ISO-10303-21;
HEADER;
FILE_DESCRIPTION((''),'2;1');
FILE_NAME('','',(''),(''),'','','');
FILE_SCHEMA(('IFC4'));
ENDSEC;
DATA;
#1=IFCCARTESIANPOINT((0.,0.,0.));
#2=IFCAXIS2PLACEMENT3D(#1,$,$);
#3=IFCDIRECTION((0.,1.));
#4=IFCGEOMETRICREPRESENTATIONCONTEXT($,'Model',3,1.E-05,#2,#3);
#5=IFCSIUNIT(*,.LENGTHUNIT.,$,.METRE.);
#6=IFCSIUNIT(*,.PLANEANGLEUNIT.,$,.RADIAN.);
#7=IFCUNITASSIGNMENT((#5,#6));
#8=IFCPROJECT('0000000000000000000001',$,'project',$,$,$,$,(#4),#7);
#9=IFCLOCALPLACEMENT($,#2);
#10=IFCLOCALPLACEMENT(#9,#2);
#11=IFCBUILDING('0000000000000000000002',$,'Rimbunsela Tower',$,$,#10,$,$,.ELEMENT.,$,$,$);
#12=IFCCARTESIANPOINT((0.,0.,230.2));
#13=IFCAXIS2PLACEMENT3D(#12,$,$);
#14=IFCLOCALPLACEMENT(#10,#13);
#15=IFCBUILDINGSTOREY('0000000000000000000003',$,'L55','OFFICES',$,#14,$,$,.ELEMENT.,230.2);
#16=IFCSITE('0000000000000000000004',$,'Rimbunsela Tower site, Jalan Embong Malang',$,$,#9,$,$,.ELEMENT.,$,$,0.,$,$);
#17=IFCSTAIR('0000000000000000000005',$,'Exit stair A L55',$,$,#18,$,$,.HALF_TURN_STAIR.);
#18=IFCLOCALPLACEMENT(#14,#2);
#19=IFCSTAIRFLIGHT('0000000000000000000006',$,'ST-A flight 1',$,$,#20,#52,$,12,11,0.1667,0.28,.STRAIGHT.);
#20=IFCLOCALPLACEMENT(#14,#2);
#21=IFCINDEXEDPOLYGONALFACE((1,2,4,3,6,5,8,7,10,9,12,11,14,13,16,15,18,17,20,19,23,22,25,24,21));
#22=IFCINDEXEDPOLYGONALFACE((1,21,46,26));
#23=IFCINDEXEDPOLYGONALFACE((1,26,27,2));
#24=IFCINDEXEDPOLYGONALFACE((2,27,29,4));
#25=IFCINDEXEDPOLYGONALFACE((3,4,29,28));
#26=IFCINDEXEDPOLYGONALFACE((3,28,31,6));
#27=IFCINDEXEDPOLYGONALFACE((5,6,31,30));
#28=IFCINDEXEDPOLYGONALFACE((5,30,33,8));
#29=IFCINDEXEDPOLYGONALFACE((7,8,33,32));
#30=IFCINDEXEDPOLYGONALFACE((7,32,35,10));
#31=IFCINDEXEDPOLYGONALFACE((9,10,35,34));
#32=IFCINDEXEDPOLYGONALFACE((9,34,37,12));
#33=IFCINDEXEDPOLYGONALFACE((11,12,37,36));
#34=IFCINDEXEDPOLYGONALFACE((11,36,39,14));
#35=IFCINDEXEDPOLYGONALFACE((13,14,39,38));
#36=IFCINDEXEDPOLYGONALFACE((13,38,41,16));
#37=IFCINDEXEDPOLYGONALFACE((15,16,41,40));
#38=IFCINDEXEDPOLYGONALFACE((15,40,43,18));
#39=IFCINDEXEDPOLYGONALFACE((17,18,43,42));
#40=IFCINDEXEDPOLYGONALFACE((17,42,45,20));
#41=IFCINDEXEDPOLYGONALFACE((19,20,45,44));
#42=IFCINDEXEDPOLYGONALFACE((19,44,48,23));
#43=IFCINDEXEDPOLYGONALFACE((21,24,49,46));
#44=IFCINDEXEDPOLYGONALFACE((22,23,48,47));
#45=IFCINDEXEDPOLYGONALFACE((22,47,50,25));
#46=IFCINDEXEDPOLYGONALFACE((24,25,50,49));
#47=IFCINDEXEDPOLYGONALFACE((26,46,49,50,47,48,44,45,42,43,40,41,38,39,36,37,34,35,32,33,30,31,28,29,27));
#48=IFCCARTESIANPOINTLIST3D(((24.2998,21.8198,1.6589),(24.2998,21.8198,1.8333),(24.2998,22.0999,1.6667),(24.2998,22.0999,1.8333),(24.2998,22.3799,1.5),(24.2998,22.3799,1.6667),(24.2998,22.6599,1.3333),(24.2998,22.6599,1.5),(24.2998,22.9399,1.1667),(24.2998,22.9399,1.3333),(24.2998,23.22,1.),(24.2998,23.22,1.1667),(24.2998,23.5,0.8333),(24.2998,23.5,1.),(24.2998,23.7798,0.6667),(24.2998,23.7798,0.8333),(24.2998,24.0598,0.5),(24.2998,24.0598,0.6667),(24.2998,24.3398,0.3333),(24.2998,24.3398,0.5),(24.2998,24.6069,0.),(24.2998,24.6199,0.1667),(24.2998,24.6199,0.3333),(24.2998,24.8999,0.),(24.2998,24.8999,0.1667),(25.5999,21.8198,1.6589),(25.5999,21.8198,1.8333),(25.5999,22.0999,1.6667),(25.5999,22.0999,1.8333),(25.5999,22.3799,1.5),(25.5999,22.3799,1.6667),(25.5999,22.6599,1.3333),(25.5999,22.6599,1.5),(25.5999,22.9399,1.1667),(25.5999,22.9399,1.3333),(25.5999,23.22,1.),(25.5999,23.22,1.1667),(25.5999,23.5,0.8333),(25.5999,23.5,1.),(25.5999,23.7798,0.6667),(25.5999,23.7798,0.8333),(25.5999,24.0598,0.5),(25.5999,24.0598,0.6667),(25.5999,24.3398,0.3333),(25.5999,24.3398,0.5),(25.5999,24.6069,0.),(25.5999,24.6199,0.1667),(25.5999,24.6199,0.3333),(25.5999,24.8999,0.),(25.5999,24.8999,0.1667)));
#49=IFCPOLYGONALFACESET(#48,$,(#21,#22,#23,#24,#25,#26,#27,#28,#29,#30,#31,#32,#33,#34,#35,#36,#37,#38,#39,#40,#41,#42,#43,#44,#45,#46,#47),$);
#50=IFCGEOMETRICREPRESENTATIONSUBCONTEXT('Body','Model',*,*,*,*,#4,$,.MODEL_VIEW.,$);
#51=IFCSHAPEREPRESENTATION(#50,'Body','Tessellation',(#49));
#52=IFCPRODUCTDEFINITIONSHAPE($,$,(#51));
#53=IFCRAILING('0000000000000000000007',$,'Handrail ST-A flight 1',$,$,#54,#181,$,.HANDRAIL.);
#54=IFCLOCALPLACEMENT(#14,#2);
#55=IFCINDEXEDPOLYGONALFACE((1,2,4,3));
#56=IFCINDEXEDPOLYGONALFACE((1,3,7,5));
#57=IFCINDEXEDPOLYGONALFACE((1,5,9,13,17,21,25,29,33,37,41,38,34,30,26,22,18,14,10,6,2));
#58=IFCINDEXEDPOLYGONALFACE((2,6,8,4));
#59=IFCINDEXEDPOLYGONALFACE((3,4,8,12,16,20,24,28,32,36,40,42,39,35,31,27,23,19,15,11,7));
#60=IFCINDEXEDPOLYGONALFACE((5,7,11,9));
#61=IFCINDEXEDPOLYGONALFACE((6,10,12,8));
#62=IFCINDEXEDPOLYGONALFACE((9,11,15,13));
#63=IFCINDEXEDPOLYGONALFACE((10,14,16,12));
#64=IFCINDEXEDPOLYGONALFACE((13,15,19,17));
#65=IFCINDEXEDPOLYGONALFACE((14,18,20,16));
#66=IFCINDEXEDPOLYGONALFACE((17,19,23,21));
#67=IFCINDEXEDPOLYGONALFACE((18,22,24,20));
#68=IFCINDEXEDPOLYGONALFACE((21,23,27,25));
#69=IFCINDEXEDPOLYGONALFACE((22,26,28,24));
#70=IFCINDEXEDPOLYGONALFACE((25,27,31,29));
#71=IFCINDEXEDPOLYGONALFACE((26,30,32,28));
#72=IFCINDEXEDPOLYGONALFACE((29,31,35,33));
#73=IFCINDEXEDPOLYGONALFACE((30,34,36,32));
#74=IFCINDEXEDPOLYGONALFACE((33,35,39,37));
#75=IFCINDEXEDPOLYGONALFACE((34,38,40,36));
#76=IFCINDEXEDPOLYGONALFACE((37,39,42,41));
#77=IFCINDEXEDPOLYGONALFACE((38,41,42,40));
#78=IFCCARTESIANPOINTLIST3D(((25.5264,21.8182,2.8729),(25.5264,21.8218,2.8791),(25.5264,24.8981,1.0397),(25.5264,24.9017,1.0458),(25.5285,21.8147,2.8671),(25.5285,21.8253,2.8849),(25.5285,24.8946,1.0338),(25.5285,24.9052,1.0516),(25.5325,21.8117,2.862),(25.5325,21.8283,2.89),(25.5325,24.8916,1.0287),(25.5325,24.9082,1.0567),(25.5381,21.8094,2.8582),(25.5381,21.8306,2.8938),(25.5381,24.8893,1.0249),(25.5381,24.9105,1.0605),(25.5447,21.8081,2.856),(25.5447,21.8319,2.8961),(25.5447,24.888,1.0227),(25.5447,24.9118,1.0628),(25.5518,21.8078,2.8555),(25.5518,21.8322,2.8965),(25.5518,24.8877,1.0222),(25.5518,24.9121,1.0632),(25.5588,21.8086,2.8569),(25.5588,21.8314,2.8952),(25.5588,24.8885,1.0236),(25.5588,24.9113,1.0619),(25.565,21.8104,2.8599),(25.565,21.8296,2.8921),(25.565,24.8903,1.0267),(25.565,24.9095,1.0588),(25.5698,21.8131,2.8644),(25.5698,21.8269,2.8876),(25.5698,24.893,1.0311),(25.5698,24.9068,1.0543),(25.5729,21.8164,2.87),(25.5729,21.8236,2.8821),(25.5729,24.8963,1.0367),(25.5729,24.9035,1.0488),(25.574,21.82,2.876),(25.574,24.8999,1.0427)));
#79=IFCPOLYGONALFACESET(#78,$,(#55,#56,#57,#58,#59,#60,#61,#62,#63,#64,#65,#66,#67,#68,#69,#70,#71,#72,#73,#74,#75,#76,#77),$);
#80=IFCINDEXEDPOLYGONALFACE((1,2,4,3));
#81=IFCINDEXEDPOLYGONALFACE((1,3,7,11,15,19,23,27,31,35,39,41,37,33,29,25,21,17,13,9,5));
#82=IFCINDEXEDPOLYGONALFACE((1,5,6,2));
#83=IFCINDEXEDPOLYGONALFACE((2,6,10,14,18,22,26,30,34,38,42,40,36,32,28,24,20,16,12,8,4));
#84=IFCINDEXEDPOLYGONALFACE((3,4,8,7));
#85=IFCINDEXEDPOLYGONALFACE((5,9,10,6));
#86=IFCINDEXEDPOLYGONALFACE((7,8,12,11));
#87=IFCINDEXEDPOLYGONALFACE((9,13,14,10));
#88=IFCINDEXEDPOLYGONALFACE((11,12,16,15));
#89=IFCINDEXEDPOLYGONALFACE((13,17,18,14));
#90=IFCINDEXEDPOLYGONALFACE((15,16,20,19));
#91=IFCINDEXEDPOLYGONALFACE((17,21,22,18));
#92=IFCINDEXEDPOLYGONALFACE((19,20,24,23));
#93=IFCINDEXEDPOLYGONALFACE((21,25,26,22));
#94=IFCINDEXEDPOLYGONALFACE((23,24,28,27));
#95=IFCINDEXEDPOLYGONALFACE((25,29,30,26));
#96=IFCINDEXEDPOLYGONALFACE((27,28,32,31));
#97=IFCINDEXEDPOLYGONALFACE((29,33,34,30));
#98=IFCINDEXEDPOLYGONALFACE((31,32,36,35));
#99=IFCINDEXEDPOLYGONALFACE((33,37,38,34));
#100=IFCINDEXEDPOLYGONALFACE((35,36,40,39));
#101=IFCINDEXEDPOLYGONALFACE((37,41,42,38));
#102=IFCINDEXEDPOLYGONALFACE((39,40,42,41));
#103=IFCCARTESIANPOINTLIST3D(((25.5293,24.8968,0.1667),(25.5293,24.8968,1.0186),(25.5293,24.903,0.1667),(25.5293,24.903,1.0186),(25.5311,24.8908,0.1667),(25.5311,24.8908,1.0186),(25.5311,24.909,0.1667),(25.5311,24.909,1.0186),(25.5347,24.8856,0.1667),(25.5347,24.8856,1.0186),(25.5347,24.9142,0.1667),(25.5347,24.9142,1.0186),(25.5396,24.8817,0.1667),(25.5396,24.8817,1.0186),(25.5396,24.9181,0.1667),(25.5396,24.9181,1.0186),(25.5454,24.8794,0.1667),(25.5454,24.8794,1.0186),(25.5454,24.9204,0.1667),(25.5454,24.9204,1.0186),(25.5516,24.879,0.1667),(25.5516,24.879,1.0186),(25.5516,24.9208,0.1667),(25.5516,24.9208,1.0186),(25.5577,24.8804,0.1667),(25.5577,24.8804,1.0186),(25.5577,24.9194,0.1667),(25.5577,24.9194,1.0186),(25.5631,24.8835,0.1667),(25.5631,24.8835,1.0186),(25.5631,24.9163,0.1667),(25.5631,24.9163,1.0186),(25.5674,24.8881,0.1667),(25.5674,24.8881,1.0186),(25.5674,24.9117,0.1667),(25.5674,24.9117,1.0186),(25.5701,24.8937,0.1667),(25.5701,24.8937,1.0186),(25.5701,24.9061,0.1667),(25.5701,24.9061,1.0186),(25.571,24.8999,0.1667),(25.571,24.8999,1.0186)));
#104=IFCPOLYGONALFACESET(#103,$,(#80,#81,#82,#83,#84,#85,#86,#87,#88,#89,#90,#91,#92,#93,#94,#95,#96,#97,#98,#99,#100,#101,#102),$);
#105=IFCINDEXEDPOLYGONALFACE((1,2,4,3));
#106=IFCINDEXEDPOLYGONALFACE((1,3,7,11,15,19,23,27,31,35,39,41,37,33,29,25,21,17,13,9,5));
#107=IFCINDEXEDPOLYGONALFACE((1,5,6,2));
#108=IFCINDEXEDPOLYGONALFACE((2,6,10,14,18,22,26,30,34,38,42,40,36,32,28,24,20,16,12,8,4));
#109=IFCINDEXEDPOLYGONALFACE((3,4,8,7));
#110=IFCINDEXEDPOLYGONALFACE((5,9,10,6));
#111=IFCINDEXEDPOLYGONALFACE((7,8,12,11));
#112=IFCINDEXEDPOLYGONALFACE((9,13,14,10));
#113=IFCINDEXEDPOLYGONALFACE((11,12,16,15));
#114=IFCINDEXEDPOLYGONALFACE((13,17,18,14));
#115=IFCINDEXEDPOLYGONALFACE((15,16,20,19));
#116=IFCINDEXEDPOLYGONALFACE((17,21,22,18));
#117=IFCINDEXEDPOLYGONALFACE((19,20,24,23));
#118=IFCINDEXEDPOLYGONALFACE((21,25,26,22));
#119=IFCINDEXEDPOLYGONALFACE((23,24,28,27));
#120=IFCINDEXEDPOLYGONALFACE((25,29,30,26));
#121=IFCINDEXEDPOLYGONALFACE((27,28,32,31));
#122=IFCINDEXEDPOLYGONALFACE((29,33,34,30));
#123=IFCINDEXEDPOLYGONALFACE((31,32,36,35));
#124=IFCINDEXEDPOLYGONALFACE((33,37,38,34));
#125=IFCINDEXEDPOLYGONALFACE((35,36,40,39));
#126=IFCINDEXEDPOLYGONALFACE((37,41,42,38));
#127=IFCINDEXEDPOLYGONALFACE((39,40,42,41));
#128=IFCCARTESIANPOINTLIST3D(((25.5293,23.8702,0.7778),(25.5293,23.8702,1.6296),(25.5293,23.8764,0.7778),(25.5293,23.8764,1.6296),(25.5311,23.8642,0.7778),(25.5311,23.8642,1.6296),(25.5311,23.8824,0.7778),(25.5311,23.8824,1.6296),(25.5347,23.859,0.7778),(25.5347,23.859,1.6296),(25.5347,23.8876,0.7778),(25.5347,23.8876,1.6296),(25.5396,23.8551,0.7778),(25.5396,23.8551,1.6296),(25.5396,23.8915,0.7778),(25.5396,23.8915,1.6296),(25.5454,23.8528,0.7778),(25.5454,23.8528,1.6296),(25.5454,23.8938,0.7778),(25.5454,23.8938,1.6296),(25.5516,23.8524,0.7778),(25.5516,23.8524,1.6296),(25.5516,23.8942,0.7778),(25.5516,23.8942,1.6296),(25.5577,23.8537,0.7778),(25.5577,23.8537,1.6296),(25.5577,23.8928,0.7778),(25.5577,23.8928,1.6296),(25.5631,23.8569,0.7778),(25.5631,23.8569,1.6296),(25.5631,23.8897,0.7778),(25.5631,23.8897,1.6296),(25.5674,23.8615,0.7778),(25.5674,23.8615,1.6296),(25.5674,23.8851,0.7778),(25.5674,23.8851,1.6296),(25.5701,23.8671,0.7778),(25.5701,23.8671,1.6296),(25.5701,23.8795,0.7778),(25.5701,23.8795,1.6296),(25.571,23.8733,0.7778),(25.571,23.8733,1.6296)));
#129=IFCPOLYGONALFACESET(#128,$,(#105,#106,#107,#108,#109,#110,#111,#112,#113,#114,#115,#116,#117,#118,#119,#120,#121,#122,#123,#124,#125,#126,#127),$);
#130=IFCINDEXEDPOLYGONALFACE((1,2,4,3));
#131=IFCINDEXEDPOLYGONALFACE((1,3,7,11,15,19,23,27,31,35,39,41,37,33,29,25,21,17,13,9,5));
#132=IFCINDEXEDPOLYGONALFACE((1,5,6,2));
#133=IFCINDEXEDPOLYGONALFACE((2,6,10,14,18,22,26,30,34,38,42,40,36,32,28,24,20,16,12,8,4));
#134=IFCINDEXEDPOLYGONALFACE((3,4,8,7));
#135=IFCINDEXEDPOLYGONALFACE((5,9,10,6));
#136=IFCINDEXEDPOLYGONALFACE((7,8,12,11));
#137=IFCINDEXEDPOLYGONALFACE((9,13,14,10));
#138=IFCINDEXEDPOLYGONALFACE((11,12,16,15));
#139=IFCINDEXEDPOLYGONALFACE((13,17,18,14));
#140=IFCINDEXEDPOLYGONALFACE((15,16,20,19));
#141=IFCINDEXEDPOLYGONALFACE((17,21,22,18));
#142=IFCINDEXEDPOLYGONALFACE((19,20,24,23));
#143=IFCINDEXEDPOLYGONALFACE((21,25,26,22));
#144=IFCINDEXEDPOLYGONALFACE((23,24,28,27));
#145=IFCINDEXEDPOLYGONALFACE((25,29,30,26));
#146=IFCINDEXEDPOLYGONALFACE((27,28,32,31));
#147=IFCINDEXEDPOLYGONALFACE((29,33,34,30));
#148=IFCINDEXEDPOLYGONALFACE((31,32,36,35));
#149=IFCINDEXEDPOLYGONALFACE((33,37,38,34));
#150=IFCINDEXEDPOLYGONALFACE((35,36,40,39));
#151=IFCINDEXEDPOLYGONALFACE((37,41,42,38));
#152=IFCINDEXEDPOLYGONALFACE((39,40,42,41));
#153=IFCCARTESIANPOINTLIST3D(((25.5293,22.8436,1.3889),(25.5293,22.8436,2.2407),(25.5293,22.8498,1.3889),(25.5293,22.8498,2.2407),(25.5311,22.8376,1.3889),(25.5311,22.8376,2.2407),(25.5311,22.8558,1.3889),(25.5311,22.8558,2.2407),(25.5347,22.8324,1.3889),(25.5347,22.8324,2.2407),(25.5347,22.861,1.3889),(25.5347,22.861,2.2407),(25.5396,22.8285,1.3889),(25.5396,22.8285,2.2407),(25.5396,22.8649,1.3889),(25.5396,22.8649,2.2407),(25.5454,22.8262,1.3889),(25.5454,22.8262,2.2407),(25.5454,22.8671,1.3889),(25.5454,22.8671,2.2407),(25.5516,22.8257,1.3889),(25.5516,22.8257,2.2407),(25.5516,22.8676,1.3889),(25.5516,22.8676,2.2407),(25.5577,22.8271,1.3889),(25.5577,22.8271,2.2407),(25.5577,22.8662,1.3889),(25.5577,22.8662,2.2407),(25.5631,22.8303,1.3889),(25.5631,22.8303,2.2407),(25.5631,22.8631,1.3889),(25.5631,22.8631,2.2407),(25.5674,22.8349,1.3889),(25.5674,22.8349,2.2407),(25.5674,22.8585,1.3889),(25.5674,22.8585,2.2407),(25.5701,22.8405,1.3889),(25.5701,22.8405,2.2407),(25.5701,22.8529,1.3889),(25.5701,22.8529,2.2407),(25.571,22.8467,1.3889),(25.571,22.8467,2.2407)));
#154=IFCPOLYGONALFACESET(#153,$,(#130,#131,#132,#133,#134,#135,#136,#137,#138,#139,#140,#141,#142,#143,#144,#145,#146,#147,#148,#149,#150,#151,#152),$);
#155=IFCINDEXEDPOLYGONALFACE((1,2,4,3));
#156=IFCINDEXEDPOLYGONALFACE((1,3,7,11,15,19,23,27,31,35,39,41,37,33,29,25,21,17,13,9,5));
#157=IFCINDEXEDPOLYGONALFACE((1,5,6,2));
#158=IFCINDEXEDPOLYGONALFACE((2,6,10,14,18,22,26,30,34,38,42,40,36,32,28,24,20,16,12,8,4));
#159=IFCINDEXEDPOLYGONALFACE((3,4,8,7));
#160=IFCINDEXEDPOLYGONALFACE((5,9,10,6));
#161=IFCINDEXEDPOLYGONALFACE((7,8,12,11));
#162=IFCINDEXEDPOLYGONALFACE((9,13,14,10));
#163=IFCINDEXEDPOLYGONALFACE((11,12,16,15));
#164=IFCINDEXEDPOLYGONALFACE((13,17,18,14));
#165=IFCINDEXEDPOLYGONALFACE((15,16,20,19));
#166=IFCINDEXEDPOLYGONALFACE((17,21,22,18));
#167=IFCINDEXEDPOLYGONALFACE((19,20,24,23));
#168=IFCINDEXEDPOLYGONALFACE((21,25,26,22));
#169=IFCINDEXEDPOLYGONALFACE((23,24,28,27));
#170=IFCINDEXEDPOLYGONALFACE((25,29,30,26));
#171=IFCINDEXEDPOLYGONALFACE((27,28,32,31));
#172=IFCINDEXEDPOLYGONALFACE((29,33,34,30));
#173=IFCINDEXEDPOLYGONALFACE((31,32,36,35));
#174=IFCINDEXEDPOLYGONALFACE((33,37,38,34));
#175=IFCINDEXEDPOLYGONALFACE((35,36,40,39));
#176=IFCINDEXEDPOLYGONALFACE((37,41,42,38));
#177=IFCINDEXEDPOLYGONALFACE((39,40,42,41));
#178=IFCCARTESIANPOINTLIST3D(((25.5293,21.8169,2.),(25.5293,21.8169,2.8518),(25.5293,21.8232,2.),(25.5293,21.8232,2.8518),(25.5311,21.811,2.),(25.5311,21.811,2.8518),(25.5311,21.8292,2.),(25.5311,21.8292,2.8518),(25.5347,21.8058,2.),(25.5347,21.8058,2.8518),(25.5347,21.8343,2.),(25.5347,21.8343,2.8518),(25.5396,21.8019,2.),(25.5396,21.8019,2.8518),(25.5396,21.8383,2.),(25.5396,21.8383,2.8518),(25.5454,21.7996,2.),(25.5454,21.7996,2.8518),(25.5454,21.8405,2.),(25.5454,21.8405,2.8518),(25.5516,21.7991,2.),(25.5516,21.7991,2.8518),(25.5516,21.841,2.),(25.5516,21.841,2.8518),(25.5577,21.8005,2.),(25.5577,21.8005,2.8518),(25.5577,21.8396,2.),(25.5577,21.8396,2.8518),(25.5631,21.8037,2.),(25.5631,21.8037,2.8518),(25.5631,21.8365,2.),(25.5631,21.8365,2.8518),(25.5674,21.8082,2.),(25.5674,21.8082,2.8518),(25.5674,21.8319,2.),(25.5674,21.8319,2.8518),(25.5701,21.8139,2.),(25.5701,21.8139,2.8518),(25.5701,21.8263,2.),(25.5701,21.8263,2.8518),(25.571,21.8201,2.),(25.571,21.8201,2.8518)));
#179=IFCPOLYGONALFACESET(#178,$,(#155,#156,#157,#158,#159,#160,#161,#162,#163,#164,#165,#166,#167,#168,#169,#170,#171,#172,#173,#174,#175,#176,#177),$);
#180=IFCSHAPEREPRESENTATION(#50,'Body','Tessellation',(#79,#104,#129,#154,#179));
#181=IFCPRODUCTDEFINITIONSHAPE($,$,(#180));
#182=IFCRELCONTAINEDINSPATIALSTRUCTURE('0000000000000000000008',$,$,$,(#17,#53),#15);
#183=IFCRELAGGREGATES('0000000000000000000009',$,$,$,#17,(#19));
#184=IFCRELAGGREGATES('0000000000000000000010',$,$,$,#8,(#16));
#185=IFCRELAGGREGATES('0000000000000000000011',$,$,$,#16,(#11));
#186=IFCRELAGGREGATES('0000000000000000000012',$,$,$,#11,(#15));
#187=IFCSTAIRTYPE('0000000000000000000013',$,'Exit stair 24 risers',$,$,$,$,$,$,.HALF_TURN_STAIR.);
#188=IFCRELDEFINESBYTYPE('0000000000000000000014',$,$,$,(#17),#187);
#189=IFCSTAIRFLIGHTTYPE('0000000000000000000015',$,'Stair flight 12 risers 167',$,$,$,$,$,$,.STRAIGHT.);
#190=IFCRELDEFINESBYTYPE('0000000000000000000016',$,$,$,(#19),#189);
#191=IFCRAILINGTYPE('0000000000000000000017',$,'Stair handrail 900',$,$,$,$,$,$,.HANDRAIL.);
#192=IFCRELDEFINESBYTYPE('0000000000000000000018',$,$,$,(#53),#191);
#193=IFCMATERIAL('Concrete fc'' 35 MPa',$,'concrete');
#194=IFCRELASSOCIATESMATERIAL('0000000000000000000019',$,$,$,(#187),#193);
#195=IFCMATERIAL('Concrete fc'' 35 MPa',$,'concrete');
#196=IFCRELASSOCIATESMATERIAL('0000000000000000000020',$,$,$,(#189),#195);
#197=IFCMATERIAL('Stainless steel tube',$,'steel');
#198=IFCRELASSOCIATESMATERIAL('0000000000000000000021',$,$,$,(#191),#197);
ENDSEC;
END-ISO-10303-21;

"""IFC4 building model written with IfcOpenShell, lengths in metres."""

from ifc_helpers import new_model, si_unit, direction, frame, origin, origin_2d, place, context, subcontext, project, spatial, polyline, circle, outline, extrude, material, type_object, element, aggregate, save


model = new_model("IFC4")

# Units and contexts
model_context = context("Model", 3, precision=1e-05, world=origin(), true_north=direction((0.0, 1.0)))
body_context = subcontext(model_context, "Body", "Model", "MODEL_VIEW")
ifc_project = project(units=[si_unit("LENGTHUNIT", "METRE"), si_unit("PLANEANGLEUNIT", "RADIAN")], contexts=[model_context])

# Site, building, storey
site_placement = place(None, origin())
site = spatial("IfcSite", under=ifc_project, at=site_placement, Name="Rimbunsela Tower site, Jalan Embong Malang", CompositionType="ELEMENT", RefElevation=0.0)
building_placement = place(site_placement, origin())
building = spatial("IfcBuilding", under=site, at=building_placement, Name="Rimbunsela Tower", CompositionType="ELEMENT")
storey_placement = place(building_placement, frame((0.0, 0.0, 230.2)))
storey = spatial("IfcBuildingStorey", under=building, at=storey_placement, Name="L55", Description="OFFICES", CompositionType="ELEMENT", Elevation=230.2)

# Stair, stair flight
ifc_material_1 = material(Name="Concrete fc' 35 MPa", Category="concrete")
stair_type = type_object("IfcStairType", Name="Exit stair 24 risers", PredefinedType="HALF_TURN_STAIR", material=ifc_material_1)
stair_placement = place(storey_placement, origin())
stair = element("IfcStair", 1, at=stair_placement, inside=storey, type_object=stair_type, Name="Exit stair A L55", PredefinedType="HALF_TURN_STAIR")
ifc_material_2 = material(Name="Concrete fc' 35 MPa", Category="concrete")
stair_flight_type = type_object("IfcStairFlightType", Name="Stair flight 12 risers 167", PredefinedType="STRAIGHT", material=ifc_material_2)
stair_flight_placement = place(storey_placement, frame((24.95, 24.8999, 0.0), z_axis=(0.0, 0.0, 1.0), x_axis=(0.0, -1.0, 0.0)))
stair_flight = element("IfcStairFlight", 2, at=stair_flight_placement, type_object=stair_flight_type, Name="ST-A flight 1", NumberOfRisers=12, NumberOfTreads=11, PredefinedType="STRAIGHT", RiserHeight=0.1667, TreadLength=0.28, context=body_context, shape_type="SweptSolid", body=[
    extrude(outline(polyline([(0.0, 0.0), (0.0, 0.1667), (0.28, 0.1667), (0.28, 0.3333), (0.5601, 0.3333), (0.5601, 0.5), (0.8401, 0.5), (0.8401, 0.6667), (1.1201, 0.6667), (1.1201, 0.8333), (1.3999, 0.8333), (1.3999, 1.0), (1.6799, 1.0), (1.6799, 1.1667), (1.96, 1.1667), (1.96, 1.3333), (2.24, 1.3333), (2.24, 1.5), (2.52, 1.5), (2.52, 1.6667), (2.8, 1.6667), (2.8, 1.8333), (3.0801, 1.8333), (3.0801, 2.0), (3.0801, 1.6589), (0.293, 0.0), (0.0, 0.0)])), frame((0.0, 0.6499, 0.0), z_axis=(0.0, -1.0, 0.0), x_axis=(1.0, 0.0, 0.0)), (0.0, 0.0, 1.0), 1.3),
])
aggregate(stair, [stair_flight])

# Railing
ifc_material_3 = material(Name="Stainless steel tube", Category="steel")
railing_type = type_object("IfcRailingType", Name="Stair handrail 900", PredefinedType="HANDRAIL", material=ifc_material_3)
railing_placement = place(storey_placement, frame((25.55, 24.8999, 0.1667)))
element("IfcRailing", 3, at=railing_placement, inside=storey, type_object=railing_type, Name="Handrail ST-A flight 1", PredefinedType="HANDRAIL", context=body_context, shape_type="SweptSolid", body=[
    extrude(circle(Radius=0.0239, at=origin_2d()), frame((0.0, 0.0, 0.876), z_axis=(0.0, -0.859291, 0.511487), x_axis=(1.0, 0.0, 0.0)), (0.0, 0.0, 1.0), 3.5842),
    extrude(circle(Radius=0.021, at=origin_2d()), origin(), (0.0, 0.0, 1.0), 0.8518),
    extrude(circle(Radius=0.021, at=origin_2d()), frame((0.0, -1.0266, 0.6111)), (0.0, 0.0, 1.0), 0.8518),
    extrude(circle(Radius=0.021, at=origin_2d()), frame((0.0, -2.0532, 1.2222)), (0.0, 0.0, 1.0), 0.8518),
    extrude(circle(Radius=0.021, at=origin_2d()), frame((0.0, -3.0798, 1.8333)), (0.0, 0.0, 1.0), 0.8518),
])

save(model, "model.ifc")
